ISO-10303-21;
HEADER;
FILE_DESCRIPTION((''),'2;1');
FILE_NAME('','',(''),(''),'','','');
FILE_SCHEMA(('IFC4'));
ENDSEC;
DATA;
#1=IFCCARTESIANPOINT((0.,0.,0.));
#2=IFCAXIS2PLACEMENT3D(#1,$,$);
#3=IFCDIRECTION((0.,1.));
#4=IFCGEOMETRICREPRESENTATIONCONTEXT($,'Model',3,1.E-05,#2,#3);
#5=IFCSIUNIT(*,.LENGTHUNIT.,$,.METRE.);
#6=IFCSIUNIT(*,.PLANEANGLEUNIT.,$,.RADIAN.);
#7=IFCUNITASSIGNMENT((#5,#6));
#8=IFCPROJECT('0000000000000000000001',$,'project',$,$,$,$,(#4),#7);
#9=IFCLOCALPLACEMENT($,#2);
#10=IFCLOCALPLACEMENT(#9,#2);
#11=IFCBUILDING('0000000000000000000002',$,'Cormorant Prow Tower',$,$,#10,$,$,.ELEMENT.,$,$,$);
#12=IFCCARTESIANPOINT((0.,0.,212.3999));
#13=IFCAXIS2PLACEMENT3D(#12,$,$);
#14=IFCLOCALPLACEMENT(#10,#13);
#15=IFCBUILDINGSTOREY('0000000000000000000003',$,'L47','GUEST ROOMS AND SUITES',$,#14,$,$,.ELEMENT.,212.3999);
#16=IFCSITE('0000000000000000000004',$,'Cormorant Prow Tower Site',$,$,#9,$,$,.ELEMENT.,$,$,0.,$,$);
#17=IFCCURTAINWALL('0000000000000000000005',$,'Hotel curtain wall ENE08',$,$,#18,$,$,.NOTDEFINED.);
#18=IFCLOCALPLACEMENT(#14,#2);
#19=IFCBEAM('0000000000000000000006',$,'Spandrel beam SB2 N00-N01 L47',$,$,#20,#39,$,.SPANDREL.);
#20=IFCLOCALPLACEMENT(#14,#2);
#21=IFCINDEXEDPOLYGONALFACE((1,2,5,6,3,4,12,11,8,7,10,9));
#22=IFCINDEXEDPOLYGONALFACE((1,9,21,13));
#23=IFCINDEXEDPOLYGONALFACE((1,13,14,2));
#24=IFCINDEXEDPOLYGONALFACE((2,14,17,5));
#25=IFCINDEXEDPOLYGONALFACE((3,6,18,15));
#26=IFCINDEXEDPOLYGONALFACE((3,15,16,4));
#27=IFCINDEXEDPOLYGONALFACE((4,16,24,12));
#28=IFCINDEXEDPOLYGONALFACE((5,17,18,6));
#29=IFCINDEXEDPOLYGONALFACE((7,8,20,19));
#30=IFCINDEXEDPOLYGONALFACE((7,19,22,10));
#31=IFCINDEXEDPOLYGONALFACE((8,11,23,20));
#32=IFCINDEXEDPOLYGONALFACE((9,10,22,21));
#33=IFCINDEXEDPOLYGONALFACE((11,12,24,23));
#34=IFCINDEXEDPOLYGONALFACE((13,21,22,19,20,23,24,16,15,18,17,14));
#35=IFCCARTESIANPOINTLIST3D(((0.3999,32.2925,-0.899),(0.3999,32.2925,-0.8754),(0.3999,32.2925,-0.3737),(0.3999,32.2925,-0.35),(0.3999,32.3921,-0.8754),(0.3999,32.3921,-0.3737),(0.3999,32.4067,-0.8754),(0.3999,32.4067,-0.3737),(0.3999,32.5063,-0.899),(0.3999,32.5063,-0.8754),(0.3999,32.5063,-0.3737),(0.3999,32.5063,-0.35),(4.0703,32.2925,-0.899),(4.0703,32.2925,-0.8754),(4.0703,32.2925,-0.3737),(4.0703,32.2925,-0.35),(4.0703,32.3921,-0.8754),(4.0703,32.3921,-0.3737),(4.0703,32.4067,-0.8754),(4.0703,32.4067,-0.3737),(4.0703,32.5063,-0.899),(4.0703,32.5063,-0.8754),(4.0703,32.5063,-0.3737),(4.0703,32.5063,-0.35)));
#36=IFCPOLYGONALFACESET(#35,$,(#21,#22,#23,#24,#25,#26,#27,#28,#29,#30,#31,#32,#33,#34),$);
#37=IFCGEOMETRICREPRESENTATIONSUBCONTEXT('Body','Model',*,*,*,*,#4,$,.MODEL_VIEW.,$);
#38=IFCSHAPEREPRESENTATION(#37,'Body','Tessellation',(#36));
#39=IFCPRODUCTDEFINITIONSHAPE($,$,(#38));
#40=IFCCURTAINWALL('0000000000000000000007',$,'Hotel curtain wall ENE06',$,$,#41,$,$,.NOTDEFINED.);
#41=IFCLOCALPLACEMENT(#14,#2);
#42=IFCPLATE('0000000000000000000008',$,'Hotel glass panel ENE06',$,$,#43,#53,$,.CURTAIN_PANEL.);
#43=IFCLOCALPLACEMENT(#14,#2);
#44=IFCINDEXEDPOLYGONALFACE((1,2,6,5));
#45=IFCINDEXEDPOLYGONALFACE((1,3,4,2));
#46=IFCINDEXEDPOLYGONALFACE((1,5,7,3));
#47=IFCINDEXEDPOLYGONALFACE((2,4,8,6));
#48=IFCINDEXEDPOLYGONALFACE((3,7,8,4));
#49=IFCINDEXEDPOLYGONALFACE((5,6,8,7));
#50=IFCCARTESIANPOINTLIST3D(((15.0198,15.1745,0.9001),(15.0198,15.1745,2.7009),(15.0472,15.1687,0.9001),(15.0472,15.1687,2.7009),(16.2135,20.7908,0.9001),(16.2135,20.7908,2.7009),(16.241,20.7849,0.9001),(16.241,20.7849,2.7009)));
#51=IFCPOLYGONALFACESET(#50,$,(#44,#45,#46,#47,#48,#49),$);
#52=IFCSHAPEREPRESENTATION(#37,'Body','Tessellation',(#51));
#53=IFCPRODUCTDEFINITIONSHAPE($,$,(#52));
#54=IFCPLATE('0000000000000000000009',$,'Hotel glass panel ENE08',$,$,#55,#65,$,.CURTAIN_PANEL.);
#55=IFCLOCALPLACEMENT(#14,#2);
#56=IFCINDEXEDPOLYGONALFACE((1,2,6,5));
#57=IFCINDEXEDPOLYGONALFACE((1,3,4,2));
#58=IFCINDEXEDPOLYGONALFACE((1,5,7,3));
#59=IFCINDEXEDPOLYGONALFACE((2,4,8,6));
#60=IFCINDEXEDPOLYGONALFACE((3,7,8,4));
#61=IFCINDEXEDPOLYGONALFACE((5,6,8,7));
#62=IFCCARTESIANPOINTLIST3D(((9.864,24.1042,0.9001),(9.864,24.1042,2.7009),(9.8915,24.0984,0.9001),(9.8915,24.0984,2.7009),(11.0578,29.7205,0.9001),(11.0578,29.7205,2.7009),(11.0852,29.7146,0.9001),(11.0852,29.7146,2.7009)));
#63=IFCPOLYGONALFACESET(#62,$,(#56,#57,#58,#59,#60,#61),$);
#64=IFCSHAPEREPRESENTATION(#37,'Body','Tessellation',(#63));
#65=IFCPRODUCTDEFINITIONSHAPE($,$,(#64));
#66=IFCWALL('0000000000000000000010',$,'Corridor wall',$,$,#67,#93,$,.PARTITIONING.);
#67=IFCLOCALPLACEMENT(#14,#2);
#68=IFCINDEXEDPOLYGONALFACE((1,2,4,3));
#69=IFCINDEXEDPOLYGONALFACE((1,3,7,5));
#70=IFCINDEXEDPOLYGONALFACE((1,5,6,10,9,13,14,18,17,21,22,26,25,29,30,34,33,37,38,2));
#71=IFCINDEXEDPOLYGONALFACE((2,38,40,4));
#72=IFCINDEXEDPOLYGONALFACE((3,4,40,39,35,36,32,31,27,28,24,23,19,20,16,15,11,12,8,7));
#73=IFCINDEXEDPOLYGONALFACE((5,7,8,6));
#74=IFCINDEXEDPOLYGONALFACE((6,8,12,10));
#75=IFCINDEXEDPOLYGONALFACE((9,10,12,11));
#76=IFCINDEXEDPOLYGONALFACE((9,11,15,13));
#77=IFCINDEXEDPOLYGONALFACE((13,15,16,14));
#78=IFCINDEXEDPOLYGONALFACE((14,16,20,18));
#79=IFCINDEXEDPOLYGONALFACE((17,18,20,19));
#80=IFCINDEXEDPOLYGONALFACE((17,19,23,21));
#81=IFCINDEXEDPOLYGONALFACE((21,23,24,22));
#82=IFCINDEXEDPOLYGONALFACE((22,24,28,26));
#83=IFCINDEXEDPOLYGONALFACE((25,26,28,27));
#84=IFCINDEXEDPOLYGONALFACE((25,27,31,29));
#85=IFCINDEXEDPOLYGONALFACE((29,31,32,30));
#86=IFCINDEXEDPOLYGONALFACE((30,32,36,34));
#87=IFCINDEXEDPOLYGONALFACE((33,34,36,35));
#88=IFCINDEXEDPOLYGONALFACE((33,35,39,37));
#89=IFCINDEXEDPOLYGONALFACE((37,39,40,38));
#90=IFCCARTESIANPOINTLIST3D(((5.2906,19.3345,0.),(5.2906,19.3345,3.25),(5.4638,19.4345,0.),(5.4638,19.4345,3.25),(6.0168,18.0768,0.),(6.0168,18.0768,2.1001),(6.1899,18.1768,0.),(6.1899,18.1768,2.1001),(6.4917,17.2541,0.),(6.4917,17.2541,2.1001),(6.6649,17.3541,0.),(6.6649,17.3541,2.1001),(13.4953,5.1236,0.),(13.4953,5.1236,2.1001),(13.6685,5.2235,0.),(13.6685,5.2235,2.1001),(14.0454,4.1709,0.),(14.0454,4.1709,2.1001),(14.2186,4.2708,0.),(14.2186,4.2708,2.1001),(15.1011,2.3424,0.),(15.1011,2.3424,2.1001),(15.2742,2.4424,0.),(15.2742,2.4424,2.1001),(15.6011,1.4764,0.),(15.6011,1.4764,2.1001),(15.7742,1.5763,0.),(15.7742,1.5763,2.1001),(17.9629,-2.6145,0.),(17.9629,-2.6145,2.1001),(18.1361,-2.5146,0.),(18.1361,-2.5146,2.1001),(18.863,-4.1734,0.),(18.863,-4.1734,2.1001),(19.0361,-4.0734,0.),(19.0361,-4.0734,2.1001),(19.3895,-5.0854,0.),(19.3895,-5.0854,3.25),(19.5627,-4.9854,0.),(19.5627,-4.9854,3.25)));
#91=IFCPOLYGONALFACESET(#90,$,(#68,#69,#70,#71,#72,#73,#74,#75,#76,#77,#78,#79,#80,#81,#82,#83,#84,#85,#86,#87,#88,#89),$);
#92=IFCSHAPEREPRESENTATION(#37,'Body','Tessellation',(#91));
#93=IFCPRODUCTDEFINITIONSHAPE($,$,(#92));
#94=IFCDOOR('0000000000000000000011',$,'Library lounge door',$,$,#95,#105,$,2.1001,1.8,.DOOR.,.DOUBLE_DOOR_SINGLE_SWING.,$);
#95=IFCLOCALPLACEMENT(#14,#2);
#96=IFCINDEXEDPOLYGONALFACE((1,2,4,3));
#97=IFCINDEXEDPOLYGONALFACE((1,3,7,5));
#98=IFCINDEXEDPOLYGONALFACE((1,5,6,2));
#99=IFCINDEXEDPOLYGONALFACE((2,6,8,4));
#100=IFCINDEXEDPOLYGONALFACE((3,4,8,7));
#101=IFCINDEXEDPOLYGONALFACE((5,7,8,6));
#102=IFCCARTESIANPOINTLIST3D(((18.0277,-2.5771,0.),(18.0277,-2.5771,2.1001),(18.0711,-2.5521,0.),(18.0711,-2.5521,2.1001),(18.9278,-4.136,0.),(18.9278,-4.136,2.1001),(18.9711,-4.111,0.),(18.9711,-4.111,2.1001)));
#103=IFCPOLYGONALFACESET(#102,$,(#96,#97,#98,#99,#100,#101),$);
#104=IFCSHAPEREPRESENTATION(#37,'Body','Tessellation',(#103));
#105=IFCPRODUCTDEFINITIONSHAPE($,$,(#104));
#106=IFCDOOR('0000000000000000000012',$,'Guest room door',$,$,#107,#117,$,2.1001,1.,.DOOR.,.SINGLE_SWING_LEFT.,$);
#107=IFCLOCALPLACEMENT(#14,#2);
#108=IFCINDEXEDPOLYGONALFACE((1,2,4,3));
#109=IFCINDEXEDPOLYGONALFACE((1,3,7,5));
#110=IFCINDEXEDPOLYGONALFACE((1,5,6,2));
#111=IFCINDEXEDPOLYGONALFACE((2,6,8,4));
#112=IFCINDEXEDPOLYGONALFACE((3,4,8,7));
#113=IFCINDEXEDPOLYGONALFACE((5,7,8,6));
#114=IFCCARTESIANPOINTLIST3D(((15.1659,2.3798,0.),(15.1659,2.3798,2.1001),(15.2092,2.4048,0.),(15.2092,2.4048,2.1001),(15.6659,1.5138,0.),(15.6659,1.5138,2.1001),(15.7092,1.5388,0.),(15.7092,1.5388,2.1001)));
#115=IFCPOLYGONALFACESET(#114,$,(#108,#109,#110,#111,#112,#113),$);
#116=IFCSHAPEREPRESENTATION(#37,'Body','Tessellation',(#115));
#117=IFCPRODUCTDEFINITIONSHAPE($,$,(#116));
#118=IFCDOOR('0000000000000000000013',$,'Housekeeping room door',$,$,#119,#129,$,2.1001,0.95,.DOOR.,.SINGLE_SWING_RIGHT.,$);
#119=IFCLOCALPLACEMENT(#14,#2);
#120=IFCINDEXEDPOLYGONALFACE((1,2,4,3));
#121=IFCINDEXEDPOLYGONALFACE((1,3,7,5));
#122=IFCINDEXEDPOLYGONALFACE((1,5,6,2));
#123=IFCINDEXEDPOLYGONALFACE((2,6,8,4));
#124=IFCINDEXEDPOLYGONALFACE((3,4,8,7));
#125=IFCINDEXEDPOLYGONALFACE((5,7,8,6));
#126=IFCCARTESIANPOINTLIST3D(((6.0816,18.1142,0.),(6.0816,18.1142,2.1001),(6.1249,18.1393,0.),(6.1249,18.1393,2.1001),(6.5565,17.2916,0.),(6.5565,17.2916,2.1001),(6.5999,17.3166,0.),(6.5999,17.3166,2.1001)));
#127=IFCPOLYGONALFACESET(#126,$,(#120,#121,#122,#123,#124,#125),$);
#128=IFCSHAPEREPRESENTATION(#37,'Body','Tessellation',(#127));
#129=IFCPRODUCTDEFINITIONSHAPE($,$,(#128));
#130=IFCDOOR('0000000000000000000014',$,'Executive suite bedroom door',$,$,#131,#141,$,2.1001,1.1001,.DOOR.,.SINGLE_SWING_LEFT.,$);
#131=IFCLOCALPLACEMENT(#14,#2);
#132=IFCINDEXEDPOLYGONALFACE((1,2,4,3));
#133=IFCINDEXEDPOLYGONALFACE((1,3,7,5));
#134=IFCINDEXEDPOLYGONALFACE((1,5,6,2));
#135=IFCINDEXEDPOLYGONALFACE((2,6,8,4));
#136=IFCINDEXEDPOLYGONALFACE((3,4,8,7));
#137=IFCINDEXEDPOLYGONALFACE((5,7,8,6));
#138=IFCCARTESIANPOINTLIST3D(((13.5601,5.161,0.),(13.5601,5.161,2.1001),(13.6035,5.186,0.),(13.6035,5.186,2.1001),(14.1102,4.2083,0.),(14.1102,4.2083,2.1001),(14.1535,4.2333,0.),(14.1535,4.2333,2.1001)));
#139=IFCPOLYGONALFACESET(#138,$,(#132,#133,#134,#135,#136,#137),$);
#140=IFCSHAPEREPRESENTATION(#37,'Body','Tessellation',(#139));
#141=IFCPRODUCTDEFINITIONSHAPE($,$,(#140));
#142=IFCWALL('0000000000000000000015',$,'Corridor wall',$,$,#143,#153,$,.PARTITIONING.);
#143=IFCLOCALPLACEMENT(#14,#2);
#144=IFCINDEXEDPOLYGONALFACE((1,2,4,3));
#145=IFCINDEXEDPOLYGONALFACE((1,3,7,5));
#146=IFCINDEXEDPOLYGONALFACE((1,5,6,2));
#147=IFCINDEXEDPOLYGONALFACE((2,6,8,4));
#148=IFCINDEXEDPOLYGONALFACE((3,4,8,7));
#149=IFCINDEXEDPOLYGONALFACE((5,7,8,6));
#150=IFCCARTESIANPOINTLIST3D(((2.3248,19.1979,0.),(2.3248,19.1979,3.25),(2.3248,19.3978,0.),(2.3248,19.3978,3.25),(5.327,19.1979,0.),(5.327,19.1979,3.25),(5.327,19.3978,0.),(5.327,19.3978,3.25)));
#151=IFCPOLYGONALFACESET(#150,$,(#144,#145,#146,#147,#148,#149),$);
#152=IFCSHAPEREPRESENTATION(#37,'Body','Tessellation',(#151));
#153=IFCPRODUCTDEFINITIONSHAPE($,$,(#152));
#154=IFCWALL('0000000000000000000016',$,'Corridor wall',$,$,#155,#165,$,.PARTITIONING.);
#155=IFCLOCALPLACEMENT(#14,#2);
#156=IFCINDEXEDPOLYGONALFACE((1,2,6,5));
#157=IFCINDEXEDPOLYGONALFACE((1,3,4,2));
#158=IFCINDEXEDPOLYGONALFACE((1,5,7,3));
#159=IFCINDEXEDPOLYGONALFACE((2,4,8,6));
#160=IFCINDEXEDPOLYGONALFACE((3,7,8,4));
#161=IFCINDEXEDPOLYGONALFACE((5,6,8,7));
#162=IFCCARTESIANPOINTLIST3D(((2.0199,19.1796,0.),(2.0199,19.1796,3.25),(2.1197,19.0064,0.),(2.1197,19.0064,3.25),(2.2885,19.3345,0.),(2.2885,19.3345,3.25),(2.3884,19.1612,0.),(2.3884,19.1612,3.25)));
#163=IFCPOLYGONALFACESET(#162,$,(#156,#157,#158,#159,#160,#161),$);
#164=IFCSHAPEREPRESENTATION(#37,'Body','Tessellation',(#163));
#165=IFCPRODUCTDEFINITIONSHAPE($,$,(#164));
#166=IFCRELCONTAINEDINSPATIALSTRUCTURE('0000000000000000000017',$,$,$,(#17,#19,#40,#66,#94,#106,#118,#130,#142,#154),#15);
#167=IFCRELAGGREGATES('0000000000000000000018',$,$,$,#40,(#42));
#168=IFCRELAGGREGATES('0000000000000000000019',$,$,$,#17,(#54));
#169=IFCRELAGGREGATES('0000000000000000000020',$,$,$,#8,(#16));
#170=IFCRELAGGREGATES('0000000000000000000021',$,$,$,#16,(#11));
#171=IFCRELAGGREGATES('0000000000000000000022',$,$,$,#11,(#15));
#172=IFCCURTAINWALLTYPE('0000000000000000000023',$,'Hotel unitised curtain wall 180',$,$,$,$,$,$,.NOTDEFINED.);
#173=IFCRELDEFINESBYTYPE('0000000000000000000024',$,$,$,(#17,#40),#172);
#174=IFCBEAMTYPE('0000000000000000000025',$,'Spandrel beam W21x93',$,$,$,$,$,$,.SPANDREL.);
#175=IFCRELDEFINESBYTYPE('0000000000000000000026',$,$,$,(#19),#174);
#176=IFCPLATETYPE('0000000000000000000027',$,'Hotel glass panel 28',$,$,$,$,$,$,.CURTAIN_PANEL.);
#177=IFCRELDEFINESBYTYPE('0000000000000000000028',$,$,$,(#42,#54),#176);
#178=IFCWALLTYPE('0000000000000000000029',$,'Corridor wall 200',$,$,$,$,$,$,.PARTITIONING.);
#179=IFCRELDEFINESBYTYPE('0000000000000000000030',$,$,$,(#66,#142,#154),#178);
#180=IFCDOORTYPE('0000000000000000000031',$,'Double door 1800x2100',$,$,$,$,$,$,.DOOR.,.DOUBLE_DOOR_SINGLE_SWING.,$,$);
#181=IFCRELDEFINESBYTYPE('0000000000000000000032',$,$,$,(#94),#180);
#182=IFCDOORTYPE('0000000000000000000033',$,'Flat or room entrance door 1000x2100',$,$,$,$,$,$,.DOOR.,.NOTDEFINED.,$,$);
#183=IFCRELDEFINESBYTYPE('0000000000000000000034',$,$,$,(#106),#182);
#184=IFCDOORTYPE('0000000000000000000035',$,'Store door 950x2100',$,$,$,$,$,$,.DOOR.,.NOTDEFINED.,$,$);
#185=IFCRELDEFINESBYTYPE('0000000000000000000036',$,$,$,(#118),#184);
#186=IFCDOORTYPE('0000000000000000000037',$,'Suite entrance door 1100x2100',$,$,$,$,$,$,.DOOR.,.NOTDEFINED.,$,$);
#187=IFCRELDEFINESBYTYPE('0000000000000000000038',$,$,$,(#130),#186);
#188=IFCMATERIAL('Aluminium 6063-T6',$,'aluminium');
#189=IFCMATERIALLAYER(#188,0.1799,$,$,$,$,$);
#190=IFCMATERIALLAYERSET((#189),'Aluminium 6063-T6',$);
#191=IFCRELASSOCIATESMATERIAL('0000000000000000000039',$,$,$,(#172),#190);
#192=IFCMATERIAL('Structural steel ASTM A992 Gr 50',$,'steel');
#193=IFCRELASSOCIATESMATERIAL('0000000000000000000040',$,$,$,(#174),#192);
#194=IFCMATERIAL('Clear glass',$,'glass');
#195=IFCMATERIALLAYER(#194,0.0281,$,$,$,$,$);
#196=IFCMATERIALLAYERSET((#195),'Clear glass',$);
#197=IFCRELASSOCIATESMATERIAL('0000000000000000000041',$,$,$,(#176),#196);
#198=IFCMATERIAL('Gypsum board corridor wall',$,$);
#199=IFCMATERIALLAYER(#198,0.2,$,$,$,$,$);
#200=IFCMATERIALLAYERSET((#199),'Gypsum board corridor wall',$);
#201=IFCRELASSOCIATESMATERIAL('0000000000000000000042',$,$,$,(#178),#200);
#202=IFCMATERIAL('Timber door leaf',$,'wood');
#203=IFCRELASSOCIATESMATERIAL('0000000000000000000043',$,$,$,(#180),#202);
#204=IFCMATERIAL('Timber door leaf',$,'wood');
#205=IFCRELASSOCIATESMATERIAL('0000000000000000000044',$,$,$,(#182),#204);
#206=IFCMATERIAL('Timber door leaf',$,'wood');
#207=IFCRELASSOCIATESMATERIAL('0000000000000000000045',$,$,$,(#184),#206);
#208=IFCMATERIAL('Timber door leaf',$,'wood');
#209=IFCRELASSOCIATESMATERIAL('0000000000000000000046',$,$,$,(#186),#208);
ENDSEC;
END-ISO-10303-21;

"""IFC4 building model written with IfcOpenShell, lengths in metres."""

from ifc_helpers import new_model, si_unit, direction, frame, frame_2d, origin, origin_2d, place, context, subcontext, project, spatial, rectangle, i_section, extrude, material, layer, layer_set, material_profile, profile_set, type_object, element, fill, aggregate, save


model = new_model("IFC4")

# Units and contexts
model_context = context("Model", 3, precision=1e-05, world=origin(), true_north=direction((0.0, 1.0)))
body_context = subcontext(model_context, "Body", "Model", "MODEL_VIEW")
ifc_project = project(units=[si_unit("LENGTHUNIT", "METRE"), si_unit("PLANEANGLEUNIT", "RADIAN")], contexts=[model_context])

# Site, building, storey
site_placement = place(None, origin())
site = spatial("IfcSite", under=ifc_project, at=site_placement, Name="Cormorant Prow Tower Site", CompositionType="ELEMENT", RefElevation=0.0)
building_placement = place(site_placement, origin())
building = spatial("IfcBuilding", under=site, at=building_placement, Name="Cormorant Prow Tower", CompositionType="ELEMENT")
storey_placement = place(building_placement, frame((0.0, 0.0, 212.3999)))
storey = spatial("IfcBuildingStorey", under=building, at=storey_placement, Name="L47", Description="GUEST ROOMS AND SUITES", CompositionType="ELEMENT", Elevation=212.3999)

# Curtain wall
ifc_material_1 = material(Name="Aluminium 6063-T6", Category="aluminium")
ifc_layer_1 = layer(ifc_material_1, 0.1799)
ifc_layer_set_1 = layer_set([ifc_layer_1], Name="Aluminium 6063-T6")
curtain_wall_type = type_object("IfcCurtainWallType", Name="Hotel unitised curtain wall 180", PredefinedType="NOTDEFINED", material=ifc_layer_set_1)
curtain_wall_1_placement = place(storey_placement, origin())
curtain_wall_1 = element("IfcCurtainWall", 1, at=curtain_wall_1_placement, inside=storey, type_object=curtain_wall_type, Name="Hotel curtain wall ENE08", PredefinedType="NOTDEFINED")

# Beam
ifc_material_2 = material(Name="Structural steel ASTM A992 Gr 50", Category="steel")
ifc_material_profile_1 = material_profile(ifc_material_2, i_section(OverallWidth=0.2139, OverallDepth=0.5491, WebThickness=0.0146, FlangeThickness=0.0237, at=origin_2d()), Name="W21x93")
ifc_profile_set_1 = profile_set([ifc_material_profile_1], Name="Structural steel ASTM A992 Gr 50")
beam_type = type_object("IfcBeamType", Name="Spandrel beam W21x93", PredefinedType="SPANDREL", material=ifc_profile_set_1)
beam_1_placement = place(storey_placement, frame((4.0703, 32.3994, -0.6245), z_axis=(-1.0, 0.0, 0.0), x_axis=(0.0, -1.0, 0.0)))
element("IfcBeam", 2, at=beam_1_placement, inside=storey, type_object=beam_type, Name="Spandrel beam SB2 N00-N01 L47", PredefinedType="SPANDREL", context=body_context, shape_type="SweptSolid", body=[
    extrude(i_section(OverallWidth=0.2139, OverallDepth=0.5491, WebThickness=0.0146, FlangeThickness=0.0237, at=origin_2d()), origin(), (0.0, 0.0, 1.0), 3.6704),
])

# Curtain wall, plate
curtain_wall_2_placement = place(storey_placement, origin())
curtain_wall_2 = element("IfcCurtainWall", 3, at=curtain_wall_2_placement, inside=storey, type_object=curtain_wall_type, Name="Hotel curtain wall ENE06", PredefinedType="NOTDEFINED")
ifc_material_3 = material(Name="Clear glass", Category="glass")
ifc_layer_2 = layer(ifc_material_3, 0.0281)
ifc_layer_set_2 = layer_set([ifc_layer_2], Name="Clear glass")
plate_type = type_object("IfcPlateType", Name="Hotel glass panel 28", PredefinedType="CURTAIN_PANEL", material=ifc_layer_set_2)
plate_1_placement = place(storey_placement, frame((15.6304, 17.9797, 0.9001), z_axis=(0.0, 0.0, 1.0), x_axis=(0.207912, 0.978148, 0.0)))
plate_1 = element("IfcPlate", 4, at=plate_1_placement, type_object=plate_type, Name="Hotel glass panel ENE06", PredefinedType="CURTAIN_PANEL", context=body_context, shape_type="SweptSolid", body=[
    extrude(rectangle(XDim=5.7417, YDim=0.0281, at=origin_2d()), origin(), (0.0, 0.0, 1.0), 1.8008),
])
aggregate(curtain_wall_2, [plate_1])

# Plate
plate_2_placement = place(storey_placement, frame((10.4746, 26.9094, 0.9001), z_axis=(0.0, 0.0, 1.0), x_axis=(0.207912, 0.978148, 0.0)))
plate_2 = element("IfcPlate", 5, at=plate_2_placement, type_object=plate_type, Name="Hotel glass panel ENE08", PredefinedType="CURTAIN_PANEL", context=body_context, shape_type="SweptSolid", body=[
    extrude(rectangle(XDim=5.7417, YDim=0.0281, at=origin_2d()), origin(), (0.0, 0.0, 1.0), 1.8008),
])
aggregate(curtain_wall_1, [plate_2])

# Wall, openings, doors
ifc_material_4 = material(Name="Gypsum board corridor wall")
ifc_layer_3 = layer(ifc_material_4, 0.2)
ifc_layer_set_3 = layer_set([ifc_layer_3], Name="Gypsum board corridor wall")
wall_type_1 = type_object("IfcWallType", Name="Corridor wall 200", PredefinedType="PARTITIONING", material=ifc_layer_set_3)
wall_1_placement = place(storey_placement, frame((5.3772, 19.3845, 0.0), z_axis=(0.0, 0.0, 1.0), x_axis=(0.500001, -0.866025, 0.0)))
wall_1 = element("IfcWall", 6, at=wall_1_placement, inside=storey, type_object=wall_type_1, Name="Corridor wall", PredefinedType="PARTITIONING", context=body_context, shape_type="SweptSolid", body=[
    extrude(rectangle(XDim=28.1978, YDim=0.2, at=frame_2d((14.0989, 0.0))), origin(), (0.0, 0.0, 1.0), 3.25),
])
opening_1_placement = place(wall_1_placement, frame((25.3447, 0.0, 0.0)))
opening_1 = element("IfcOpeningElement", 7, at=opening_1_placement, cuts=wall_1, PredefinedType="OPENING", context=body_context, shape_type="SweptSolid", body=[
    extrude(rectangle(XDim=1.8, YDim=2.1001, at=frame_2d((0.8999, 1.05))), frame((0.0, 0.1099, 0.0), z_axis=(0.0, -1.0, 0.0), x_axis=(1.0, 0.0, 0.0)), (0.0, 0.0, 1.0), 0.22),
])
opening_2_placement = place(wall_1_placement, frame((19.6208, 0.0, 0.0)))
opening_2 = element("IfcOpeningElement", 8, at=opening_2_placement, cuts=wall_1, PredefinedType="OPENING", context=body_context, shape_type="SweptSolid", body=[
    extrude(rectangle(XDim=1.0, YDim=2.1001, at=frame_2d((0.5, 1.05))), frame((0.0, 0.1099, 0.0), z_axis=(0.0, -1.0, 0.0), x_axis=(1.0, 0.0, 0.0)), (0.0, 0.0, 1.0), 0.22),
])
opening_3_placement = place(wall_1_placement, frame((16.4094, 0.0, 0.0)))
opening_3 = element("IfcOpeningElement", 9, at=opening_3_placement, cuts=wall_1, PredefinedType="OPENING", context=body_context, shape_type="SweptSolid", body=[
    extrude(rectangle(XDim=1.1001, YDim=2.1001, at=frame_2d((0.55, 1.05))), frame((0.0, 0.1099, 0.0), z_axis=(0.0, -1.0, 0.0), x_axis=(1.0, 0.0, 0.0)), (0.0, 0.0, 1.0), 0.22),
])
opening_4_placement = place(wall_1_placement, frame((1.4521, 0.0, 0.0)))
opening_4 = element("IfcOpeningElement", 10, at=opening_4_placement, cuts=wall_1, PredefinedType="OPENING", context=body_context, shape_type="SweptSolid", body=[
    extrude(rectangle(XDim=0.95, YDim=2.1001, at=frame_2d((0.4751, 1.05))), frame((0.0, 0.1099, 0.0), z_axis=(0.0, -1.0, 0.0), x_axis=(1.0, 0.0, 0.0)), (0.0, 0.0, 1.0), 0.22),
])
ifc_material_5 = material(Name="Timber door leaf", Category="wood")
door_type_1 = type_object("IfcDoorType", Name="Double door 1800x2100", OperationType="DOUBLE_DOOR_SINGLE_SWING", PredefinedType="DOOR", material=ifc_material_5)
door_1_placement = place(opening_1_placement, origin())
door_1 = element("IfcDoor", 11, at=door_1_placement, inside=storey, type_object=door_type_1, Name="Library lounge door", OperationType="DOUBLE_DOOR_SINGLE_SWING", OverallHeight=2.1001, OverallWidth=1.8, PredefinedType="DOOR", context=body_context, shape_type="SweptSolid", body=[
    extrude(rectangle(XDim=1.8, YDim=2.1001, at=frame_2d((0.8999, 1.05))), frame((0.0, 0.0249, 0.0), z_axis=(0.0, -1.0, 0.0), x_axis=(1.0, 0.0, 0.0)), (0.0, 0.0, 1.0), 0.05),
])
fill(opening_1, door_1)
ifc_material_6 = material(Name="Timber door leaf", Category="wood")
door_type_2 = type_object("IfcDoorType", Name="Flat or room entrance door 1000x2100", OperationType="NOTDEFINED", PredefinedType="DOOR", material=ifc_material_6)
door_2_placement = place(opening_2_placement, origin())
door_2 = element("IfcDoor", 12, at=door_2_placement, inside=storey, type_object=door_type_2, Name="Guest room door", OperationType="SINGLE_SWING_LEFT", OverallHeight=2.1001, OverallWidth=1.0, PredefinedType="DOOR", context=body_context, shape_type="SweptSolid", body=[
    extrude(rectangle(XDim=1.0, YDim=2.1001, at=frame_2d((0.5, 1.05))), frame((0.0, 0.0249, 0.0), z_axis=(0.0, -1.0, 0.0), x_axis=(1.0, 0.0, 0.0)), (0.0, 0.0, 1.0), 0.05),
])
fill(opening_2, door_2)
ifc_material_7 = material(Name="Timber door leaf", Category="wood")
door_type_3 = type_object("IfcDoorType", Name="Store door 950x2100", OperationType="NOTDEFINED", PredefinedType="DOOR", material=ifc_material_7)
door_3_placement = place(opening_4_placement, origin())
door_3 = element("IfcDoor", 13, at=door_3_placement, inside=storey, type_object=door_type_3, Name="Housekeeping room door", OperationType="SINGLE_SWING_RIGHT", OverallHeight=2.1001, OverallWidth=0.95, PredefinedType="DOOR", context=body_context, shape_type="SweptSolid", body=[
    extrude(rectangle(XDim=0.95, YDim=2.1001, at=frame_2d((0.4751, 1.05))), frame((0.0, 0.0249, 0.0), z_axis=(0.0, -1.0, 0.0), x_axis=(1.0, 0.0, 0.0)), (0.0, 0.0, 1.0), 0.05),
])
fill(opening_4, door_3)
ifc_material_8 = material(Name="Timber door leaf", Category="wood")
door_type_4 = type_object("IfcDoorType", Name="Suite entrance door 1100x2100", OperationType="NOTDEFINED", PredefinedType="DOOR", material=ifc_material_8)
door_4_placement = place(opening_3_placement, origin())
door_4 = element("IfcDoor", 14, at=door_4_placement, inside=storey, type_object=door_type_4, Name="Executive suite bedroom door", OperationType="SINGLE_SWING_LEFT", OverallHeight=2.1001, OverallWidth=1.1001, PredefinedType="DOOR", context=body_context, shape_type="SweptSolid", body=[
    extrude(rectangle(XDim=1.1001, YDim=2.1001, at=frame_2d((0.55, 1.05))), frame((0.0, 0.0249, 0.0), z_axis=(0.0, -1.0, 0.0), x_axis=(1.0, 0.0, 0.0)), (0.0, 0.0, 1.0), 0.05),
])
fill(opening_3, door_4)

# Walls
wall_2_placement = place(storey_placement, frame((2.325, 19.2979, 0.0), z_axis=(0.0, 0.0, 1.0), x_axis=(1.0, 0.0, 0.0)))
element("IfcWall", 15, at=wall_2_placement, inside=storey, type_object=wall_type_1, Name="Corridor wall", PredefinedType="PARTITIONING", context=body_context, shape_type="SweptSolid", body=[
    extrude(rectangle(XDim=3.0022, YDim=0.2, at=frame_2d((1.501, 0.0))), origin(), (0.0, 0.0, 1.0), 3.25),
])
wall_3_placement = place(storey_placement, frame((2.0698, 19.093, 0.0), z_axis=(0.0, 0.0, 1.0), x_axis=(0.866395, 0.499359, 0.0)))
element("IfcWall", 16, at=wall_3_placement, inside=storey, type_object=wall_type_1, Name="Corridor wall", PredefinedType="PARTITIONING", context=body_context, shape_type="SweptSolid", body=[
    extrude(rectangle(XDim=0.3101, YDim=0.2, at=frame_2d((0.155, 0.0))), origin(), (0.0, 0.0, 1.0), 3.25),
])

save(model, "model.ifc")
